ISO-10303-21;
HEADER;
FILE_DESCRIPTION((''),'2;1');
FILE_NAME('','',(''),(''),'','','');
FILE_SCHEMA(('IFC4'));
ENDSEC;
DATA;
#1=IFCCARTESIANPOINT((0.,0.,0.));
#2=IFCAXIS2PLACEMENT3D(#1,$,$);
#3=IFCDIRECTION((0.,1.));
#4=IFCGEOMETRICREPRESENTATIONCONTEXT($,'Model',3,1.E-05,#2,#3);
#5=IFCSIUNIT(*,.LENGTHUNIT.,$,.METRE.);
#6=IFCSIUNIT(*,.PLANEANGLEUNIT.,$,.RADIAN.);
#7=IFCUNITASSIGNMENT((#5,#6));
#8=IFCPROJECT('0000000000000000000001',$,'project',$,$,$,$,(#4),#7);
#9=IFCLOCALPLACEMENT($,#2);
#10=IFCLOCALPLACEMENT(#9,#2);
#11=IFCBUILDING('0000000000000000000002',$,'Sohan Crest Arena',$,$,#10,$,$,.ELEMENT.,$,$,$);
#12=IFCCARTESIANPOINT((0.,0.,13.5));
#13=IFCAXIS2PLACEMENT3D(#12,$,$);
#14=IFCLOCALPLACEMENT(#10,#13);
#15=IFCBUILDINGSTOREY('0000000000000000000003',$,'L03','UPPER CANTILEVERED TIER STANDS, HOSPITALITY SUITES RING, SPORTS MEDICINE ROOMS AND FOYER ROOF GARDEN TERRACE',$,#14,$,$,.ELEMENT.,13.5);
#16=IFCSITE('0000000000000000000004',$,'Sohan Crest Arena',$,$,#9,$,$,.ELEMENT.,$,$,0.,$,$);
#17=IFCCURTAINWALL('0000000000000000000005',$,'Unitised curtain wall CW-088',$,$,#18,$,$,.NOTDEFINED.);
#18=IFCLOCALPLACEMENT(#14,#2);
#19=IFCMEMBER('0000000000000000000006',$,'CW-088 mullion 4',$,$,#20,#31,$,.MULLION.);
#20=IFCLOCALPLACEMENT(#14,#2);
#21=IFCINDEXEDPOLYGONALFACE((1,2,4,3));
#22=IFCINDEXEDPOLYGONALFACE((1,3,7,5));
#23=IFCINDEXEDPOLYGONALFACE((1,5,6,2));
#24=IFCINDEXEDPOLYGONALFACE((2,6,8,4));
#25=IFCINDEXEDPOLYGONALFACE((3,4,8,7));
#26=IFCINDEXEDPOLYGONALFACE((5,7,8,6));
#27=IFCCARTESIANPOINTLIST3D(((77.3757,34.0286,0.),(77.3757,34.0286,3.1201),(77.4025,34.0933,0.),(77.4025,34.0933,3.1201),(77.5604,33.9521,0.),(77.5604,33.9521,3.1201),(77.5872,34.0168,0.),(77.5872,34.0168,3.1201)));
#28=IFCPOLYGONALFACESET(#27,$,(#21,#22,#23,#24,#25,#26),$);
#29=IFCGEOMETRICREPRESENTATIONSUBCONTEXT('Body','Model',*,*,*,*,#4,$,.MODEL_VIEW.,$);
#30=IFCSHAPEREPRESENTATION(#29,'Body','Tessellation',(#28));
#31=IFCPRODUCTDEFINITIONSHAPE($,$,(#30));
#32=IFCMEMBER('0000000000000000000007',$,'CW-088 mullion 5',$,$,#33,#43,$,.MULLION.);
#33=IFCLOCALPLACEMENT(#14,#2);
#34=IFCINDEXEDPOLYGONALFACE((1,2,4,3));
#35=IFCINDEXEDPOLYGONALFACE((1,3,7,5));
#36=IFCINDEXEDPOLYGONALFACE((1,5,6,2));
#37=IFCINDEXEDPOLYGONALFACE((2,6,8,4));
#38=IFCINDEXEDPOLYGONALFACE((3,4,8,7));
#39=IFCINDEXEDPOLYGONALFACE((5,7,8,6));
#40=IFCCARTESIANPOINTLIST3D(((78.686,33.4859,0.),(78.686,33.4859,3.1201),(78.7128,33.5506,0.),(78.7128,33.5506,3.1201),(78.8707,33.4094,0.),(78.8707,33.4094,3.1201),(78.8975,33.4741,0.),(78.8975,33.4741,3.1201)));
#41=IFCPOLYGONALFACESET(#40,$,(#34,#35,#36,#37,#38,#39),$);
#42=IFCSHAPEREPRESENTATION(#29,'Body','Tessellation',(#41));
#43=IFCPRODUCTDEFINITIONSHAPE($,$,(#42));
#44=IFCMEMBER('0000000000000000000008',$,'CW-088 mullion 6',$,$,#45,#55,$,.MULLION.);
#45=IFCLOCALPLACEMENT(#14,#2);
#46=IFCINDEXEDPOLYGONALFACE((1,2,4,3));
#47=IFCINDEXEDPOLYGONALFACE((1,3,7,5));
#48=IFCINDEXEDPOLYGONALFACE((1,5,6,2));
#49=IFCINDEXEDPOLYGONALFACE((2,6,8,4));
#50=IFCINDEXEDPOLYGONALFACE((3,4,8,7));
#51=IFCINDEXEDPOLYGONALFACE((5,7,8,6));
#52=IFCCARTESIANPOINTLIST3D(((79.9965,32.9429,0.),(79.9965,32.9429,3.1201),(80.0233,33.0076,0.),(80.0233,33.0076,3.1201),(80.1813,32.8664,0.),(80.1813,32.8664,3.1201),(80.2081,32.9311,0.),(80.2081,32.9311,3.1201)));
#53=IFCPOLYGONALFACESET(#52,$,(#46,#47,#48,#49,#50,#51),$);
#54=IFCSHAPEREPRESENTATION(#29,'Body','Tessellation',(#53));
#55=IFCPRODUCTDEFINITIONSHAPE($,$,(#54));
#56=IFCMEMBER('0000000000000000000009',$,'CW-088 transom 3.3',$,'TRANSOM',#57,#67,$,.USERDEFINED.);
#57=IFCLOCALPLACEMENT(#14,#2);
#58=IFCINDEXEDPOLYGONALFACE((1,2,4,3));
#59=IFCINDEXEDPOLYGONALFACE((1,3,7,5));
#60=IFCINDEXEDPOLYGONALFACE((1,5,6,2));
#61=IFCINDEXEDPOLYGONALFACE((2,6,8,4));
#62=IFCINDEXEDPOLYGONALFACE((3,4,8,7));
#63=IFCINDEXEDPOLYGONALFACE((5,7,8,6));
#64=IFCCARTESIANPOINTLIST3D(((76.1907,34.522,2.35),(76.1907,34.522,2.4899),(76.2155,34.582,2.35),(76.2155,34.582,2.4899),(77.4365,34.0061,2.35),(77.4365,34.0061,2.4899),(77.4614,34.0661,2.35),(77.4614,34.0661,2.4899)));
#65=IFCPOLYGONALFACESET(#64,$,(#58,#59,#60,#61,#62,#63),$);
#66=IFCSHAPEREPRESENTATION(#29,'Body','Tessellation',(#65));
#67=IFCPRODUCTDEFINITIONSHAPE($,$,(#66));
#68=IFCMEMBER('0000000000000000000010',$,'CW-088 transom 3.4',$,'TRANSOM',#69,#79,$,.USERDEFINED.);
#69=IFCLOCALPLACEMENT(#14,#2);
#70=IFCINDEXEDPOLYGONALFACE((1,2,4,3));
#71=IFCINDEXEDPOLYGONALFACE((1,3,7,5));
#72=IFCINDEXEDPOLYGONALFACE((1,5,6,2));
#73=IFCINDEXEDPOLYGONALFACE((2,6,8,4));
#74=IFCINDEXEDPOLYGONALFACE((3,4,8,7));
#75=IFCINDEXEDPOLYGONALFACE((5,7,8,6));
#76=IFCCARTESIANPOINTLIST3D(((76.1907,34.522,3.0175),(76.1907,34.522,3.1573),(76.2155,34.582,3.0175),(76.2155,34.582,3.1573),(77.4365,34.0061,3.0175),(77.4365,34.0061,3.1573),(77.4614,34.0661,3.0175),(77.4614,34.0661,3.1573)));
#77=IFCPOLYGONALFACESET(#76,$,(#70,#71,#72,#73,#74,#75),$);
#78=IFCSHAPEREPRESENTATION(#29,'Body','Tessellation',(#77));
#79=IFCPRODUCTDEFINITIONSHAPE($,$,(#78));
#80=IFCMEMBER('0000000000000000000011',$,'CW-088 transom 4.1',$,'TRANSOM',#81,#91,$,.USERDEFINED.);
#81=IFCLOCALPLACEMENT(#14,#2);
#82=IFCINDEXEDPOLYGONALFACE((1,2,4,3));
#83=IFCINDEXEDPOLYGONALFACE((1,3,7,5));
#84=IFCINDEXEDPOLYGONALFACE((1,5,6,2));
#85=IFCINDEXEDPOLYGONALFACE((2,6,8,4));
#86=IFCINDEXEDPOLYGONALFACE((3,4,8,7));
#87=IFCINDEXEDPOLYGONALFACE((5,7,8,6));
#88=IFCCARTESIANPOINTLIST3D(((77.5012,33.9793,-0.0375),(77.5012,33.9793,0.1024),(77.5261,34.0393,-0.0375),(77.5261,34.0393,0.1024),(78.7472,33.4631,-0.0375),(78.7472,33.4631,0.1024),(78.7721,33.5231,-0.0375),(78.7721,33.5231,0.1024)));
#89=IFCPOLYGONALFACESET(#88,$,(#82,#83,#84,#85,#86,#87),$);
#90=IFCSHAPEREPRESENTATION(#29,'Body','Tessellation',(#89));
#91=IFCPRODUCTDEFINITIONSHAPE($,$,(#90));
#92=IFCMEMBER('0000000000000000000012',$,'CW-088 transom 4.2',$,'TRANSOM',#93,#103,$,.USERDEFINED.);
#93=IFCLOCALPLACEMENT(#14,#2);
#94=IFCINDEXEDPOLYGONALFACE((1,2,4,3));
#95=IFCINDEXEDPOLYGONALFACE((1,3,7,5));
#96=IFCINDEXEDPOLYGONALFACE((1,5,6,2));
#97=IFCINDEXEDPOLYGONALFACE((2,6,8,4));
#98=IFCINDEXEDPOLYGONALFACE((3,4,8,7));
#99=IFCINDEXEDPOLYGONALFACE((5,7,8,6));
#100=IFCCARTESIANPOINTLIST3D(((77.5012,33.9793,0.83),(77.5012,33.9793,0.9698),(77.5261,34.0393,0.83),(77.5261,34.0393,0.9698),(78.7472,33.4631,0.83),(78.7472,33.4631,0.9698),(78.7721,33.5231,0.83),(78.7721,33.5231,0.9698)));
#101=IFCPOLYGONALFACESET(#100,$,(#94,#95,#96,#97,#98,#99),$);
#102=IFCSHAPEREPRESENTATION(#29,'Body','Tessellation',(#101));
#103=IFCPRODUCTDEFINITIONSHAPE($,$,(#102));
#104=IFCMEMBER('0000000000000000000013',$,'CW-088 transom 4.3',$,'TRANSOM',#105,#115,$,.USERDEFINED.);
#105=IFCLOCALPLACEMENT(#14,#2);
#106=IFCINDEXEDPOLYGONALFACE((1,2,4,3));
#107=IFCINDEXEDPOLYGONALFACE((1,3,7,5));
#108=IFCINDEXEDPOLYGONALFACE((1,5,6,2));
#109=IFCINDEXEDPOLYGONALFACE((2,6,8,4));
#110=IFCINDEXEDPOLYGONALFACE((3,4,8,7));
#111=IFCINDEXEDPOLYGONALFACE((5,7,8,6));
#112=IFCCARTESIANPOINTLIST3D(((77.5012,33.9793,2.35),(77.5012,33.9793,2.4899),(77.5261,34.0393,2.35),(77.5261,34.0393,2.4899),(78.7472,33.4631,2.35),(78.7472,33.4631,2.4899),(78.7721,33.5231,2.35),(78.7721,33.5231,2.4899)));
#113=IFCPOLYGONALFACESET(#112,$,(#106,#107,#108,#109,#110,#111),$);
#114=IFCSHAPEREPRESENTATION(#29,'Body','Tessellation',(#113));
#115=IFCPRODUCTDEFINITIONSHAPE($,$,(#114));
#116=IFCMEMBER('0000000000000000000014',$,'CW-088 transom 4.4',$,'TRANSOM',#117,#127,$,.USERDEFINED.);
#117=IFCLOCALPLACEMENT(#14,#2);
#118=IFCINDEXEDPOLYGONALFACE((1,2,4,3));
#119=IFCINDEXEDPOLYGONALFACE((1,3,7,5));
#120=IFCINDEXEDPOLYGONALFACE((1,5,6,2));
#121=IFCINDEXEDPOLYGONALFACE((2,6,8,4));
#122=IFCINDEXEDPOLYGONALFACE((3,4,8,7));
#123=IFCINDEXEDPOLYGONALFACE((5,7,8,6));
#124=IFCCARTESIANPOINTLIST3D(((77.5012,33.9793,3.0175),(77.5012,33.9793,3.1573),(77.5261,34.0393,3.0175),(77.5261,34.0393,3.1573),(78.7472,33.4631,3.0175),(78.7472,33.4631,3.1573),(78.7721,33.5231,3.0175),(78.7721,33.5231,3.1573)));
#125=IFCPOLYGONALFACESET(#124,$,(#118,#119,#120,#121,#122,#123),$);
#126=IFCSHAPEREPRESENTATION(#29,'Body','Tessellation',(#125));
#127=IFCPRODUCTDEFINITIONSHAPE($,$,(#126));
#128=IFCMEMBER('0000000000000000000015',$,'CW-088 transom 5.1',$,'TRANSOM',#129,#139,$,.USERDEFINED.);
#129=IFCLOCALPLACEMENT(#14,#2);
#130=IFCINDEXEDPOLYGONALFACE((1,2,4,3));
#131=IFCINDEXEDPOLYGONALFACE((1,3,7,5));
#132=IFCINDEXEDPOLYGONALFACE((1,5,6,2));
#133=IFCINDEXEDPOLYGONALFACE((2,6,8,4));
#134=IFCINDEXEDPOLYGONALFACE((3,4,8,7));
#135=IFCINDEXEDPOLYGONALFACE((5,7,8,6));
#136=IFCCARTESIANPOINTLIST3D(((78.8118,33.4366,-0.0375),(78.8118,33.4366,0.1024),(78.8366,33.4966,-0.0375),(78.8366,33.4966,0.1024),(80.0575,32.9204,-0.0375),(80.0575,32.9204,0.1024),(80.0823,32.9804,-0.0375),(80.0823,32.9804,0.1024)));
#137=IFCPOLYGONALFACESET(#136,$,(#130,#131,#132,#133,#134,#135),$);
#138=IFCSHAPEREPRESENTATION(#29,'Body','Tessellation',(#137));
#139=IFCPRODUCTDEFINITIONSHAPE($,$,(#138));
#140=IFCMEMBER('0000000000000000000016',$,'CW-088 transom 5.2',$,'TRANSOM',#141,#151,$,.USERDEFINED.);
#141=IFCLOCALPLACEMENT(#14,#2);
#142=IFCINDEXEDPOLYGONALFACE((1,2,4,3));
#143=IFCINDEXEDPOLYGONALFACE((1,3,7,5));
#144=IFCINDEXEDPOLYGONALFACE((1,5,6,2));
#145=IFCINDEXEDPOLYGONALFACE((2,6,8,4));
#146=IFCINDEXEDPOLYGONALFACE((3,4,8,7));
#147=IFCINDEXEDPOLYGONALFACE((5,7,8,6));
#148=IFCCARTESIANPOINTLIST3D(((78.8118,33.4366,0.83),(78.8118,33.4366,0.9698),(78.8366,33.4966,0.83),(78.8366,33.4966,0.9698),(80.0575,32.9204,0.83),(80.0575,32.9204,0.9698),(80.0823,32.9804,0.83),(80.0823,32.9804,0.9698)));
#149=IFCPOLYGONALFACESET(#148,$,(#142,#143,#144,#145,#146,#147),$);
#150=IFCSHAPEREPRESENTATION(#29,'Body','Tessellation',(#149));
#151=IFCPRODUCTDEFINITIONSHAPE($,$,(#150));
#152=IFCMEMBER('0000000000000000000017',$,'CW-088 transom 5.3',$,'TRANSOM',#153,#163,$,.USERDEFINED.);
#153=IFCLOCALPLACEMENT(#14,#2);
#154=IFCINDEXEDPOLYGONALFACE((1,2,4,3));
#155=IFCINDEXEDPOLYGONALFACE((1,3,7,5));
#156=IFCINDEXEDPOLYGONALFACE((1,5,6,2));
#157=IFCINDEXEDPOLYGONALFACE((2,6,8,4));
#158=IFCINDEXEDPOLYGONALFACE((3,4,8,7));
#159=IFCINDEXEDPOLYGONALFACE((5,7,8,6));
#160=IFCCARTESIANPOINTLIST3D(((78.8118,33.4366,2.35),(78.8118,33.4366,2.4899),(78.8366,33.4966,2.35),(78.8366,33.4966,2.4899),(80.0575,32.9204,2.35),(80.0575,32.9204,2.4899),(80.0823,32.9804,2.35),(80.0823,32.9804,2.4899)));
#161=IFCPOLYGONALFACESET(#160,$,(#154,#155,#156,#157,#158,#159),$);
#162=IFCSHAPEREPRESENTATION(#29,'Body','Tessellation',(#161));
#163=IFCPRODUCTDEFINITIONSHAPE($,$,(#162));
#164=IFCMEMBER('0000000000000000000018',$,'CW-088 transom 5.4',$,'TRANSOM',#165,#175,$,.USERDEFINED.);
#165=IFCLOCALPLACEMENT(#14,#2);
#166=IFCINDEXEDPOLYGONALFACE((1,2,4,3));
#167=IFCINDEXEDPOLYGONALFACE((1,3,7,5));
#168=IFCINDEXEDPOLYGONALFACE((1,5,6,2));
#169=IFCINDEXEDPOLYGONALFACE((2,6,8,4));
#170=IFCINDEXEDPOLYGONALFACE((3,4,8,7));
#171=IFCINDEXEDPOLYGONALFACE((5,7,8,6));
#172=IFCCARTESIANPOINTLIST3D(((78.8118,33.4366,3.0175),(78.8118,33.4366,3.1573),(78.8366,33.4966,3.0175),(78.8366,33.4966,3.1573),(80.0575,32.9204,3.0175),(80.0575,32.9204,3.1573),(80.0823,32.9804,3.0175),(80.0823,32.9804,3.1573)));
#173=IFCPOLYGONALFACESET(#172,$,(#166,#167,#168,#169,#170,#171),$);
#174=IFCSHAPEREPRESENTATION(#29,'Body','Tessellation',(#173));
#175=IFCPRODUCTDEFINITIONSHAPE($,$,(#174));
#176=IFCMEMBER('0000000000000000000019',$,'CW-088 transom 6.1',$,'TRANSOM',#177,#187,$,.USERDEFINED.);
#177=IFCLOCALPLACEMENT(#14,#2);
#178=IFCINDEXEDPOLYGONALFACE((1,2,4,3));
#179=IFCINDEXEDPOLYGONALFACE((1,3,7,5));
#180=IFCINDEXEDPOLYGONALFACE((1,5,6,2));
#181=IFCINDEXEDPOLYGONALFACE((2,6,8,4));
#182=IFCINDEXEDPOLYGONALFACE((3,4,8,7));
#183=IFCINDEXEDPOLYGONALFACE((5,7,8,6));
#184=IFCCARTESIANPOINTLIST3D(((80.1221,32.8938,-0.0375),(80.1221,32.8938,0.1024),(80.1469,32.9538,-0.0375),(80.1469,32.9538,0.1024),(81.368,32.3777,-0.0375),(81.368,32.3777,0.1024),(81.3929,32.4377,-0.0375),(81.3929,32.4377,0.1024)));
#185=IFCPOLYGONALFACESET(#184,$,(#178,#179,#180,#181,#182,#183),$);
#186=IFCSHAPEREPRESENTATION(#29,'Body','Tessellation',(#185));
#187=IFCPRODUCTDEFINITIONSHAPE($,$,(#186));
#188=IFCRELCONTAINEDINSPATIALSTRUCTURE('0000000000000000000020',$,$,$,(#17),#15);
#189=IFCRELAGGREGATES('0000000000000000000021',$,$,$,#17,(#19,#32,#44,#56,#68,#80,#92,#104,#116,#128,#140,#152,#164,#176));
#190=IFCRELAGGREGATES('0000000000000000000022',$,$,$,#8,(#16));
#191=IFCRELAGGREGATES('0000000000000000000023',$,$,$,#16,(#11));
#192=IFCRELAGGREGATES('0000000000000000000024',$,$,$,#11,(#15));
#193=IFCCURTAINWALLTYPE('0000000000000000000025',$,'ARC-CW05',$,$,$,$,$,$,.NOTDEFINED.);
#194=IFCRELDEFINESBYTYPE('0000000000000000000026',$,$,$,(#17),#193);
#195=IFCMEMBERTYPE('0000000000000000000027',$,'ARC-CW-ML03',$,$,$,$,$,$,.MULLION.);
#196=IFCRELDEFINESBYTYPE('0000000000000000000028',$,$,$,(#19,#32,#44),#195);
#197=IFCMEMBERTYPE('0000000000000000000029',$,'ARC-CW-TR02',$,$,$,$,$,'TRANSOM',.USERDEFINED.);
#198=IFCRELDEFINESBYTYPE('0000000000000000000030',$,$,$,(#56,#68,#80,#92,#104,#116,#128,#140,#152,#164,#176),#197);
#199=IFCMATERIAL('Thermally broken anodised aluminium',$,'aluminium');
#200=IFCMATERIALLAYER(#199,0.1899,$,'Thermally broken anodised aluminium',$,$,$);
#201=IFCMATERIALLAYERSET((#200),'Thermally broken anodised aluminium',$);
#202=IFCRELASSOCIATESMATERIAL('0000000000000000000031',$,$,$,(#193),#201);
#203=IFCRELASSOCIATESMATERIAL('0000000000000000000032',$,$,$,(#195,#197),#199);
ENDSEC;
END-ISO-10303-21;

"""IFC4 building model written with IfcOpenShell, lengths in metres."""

from ifc_helpers import new_model, si_unit, direction, frame, origin, origin_2d, place, context, subcontext, project, spatial, rectangle, extrude, material, layer, layer_set, material_profile, profile_set, type_object, element, aggregate, save


model = new_model("IFC4")

# Units and contexts
model_context = context("Model", 3, precision=1e-05, world=origin(), true_north=direction((0.0, 1.0)))
body_context = subcontext(model_context, "Body", "Model", "MODEL_VIEW")
ifc_project = project(units=[si_unit("LENGTHUNIT", "METRE"), si_unit("PLANEANGLEUNIT", "RADIAN")], contexts=[model_context])

# Site, building, storey
site_placement = place(None, origin())
site = spatial("IfcSite", under=ifc_project, at=site_placement, Name="Sohan Crest Arena", CompositionType="ELEMENT", RefElevation=0.0)
building_placement = place(site_placement, origin())
building = spatial("IfcBuilding", under=site, at=building_placement, Name="Sohan Crest Arena", CompositionType="ELEMENT")
storey_placement = place(building_placement, frame((0.0, 0.0, 13.5)))
storey = spatial("IfcBuildingStorey", under=building, at=storey_placement, Name="L03", Description="UPPER CANTILEVERED TIER STANDS, HOSPITALITY SUITES RING, SPORTS MEDICINE ROOMS AND FOYER ROOF GARDEN TERRACE", CompositionType="ELEMENT", Elevation=13.5)

# Curtain wall, members
ifc_material_1 = material(Name="Thermally broken anodised aluminium", Category="aluminium")
ifc_layer_1 = layer(ifc_material_1, 0.1899, Name="Thermally broken anodised aluminium")
ifc_layer_set_1 = layer_set([ifc_layer_1], Name="Thermally broken anodised aluminium")
curtain_wall_type = type_object("IfcCurtainWallType", Name="ARC-CW05", PredefinedType="NOTDEFINED", material=ifc_layer_set_1)
curtain_wall_placement = place(storey_placement, origin())
curtain_wall = element("IfcCurtainWall", 1, at=curtain_wall_placement, inside=storey, type_object=curtain_wall_type, Name="Unitised curtain wall CW-088", PredefinedType="NOTDEFINED")
ifc_material_profile_1 = material_profile(ifc_material_1, rectangle(XDim=0.0701, YDim=0.2, at=origin_2d()), Name="ALU-MULL 70x200")
ifc_profile_set_1 = profile_set([ifc_material_profile_1], Name="Thermally broken anodised aluminium")
member_type_1 = type_object("IfcMemberType", Name="ARC-CW-ML03", PredefinedType="MULLION", material=ifc_profile_set_1)
member_1_placement = place(storey_placement, frame((77.4814, 34.0227, 0.0), z_axis=(0.0, 0.0, 1.0), x_axis=(0.382668, 0.923886, 0.0)))
member_1 = element("IfcMember", 2, at=member_1_placement, type_object=member_type_1, Name="CW-088 mullion 4", PredefinedType="MULLION", context=body_context, shape_type="SweptSolid", body=[
    extrude(rectangle(XDim=0.0701, YDim=0.2, at=origin_2d()), origin(), (0.0, 0.0, 1.0), 3.1201),
])
member_2_placement = place(storey_placement, frame((78.7917, 33.48, 0.0), z_axis=(0.0, 0.0, 1.0), x_axis=(0.382668, 0.923886, 0.0)))
member_2 = element("IfcMember", 3, at=member_2_placement, type_object=member_type_1, Name="CW-088 mullion 5", PredefinedType="MULLION", context=body_context, shape_type="SweptSolid", body=[
    extrude(rectangle(XDim=0.0701, YDim=0.2, at=origin_2d()), origin(), (0.0, 0.0, 1.0), 3.1201),
])
member_3_placement = place(storey_placement, frame((80.1023, 32.937, 0.0), z_axis=(0.0, 0.0, 1.0), x_axis=(0.382668, 0.923886, 0.0)))
member_3 = element("IfcMember", 4, at=member_3_placement, type_object=member_type_1, Name="CW-088 mullion 6", PredefinedType="MULLION", context=body_context, shape_type="SweptSolid", body=[
    extrude(rectangle(XDim=0.0701, YDim=0.2, at=origin_2d()), origin(), (0.0, 0.0, 1.0), 3.1201),
])
ifc_material_profile_2 = material_profile(ifc_material_1, rectangle(XDim=0.0649, YDim=0.1399, at=origin_2d()), Name="ALU-TRAN 65x140")
ifc_profile_set_2 = profile_set([ifc_material_profile_2], Name="Thermally broken anodised aluminium")
member_type_2 = type_object("IfcMemberType", Name="ARC-CW-TR02", ElementType="TRANSOM", PredefinedType="USERDEFINED", material=ifc_profile_set_2)
member_4_placement = place(storey_placement, frame((76.2031, 34.552, 2.4199), z_axis=(0.923926, -0.38257, 0.0), x_axis=(0.38257, 0.923926, 0.0)))
member_4 = element("IfcMember", 5, at=member_4_placement, type_object=member_type_2, Name="CW-088 transom 3.3", ObjectType="TRANSOM", PredefinedType="USERDEFINED", context=body_context, shape_type="SweptSolid", body=[
    extrude(rectangle(XDim=0.0649, YDim=0.1399, at=origin_2d()), origin(), (0.0, 0.0, 1.0), 1.3484),
])
member_5_placement = place(storey_placement, frame((76.2031, 34.552, 3.0874), z_axis=(0.923926, -0.38257, 0.0), x_axis=(0.38257, 0.923926, 0.0)))
member_5 = element("IfcMember", 6, at=member_5_placement, type_object=member_type_2, Name="CW-088 transom 3.4", ObjectType="TRANSOM", PredefinedType="USERDEFINED", context=body_context, shape_type="SweptSolid", body=[
    extrude(rectangle(XDim=0.0649, YDim=0.1399, at=origin_2d()), origin(), (0.0, 0.0, 1.0), 1.3484),
])
member_6_placement = place(storey_placement, frame((77.5137, 34.0093, 0.0325), z_axis=(0.923862, -0.382725, 0.0), x_axis=(0.382725, 0.923862, 0.0)))
member_6 = element("IfcMember", 7, at=member_6_placement, type_object=member_type_2, Name="CW-088 transom 4.1", ObjectType="TRANSOM", PredefinedType="USERDEFINED", context=body_context, shape_type="SweptSolid", body=[
    extrude(rectangle(XDim=0.0649, YDim=0.1399, at=origin_2d()), origin(), (0.0, 0.0, 1.0), 1.3486),
])
member_7_placement = place(storey_placement, frame((77.5137, 34.0093, 0.8999), z_axis=(0.923862, -0.382725, 0.0), x_axis=(0.382725, 0.923862, 0.0)))
member_7 = element("IfcMember", 8, at=member_7_placement, type_object=member_type_2, Name="CW-088 transom 4.2", ObjectType="TRANSOM", PredefinedType="USERDEFINED", context=body_context, shape_type="SweptSolid", body=[
    extrude(rectangle(XDim=0.0649, YDim=0.1399, at=origin_2d()), origin(), (0.0, 0.0, 1.0), 1.3486),
])
member_8_placement = place(storey_placement, frame((77.5137, 34.0093, 2.4199), z_axis=(0.923862, -0.382725, 0.0), x_axis=(0.382725, 0.923862, 0.0)))
member_8 = element("IfcMember", 9, at=member_8_placement, type_object=member_type_2, Name="CW-088 transom 4.3", ObjectType="TRANSOM", PredefinedType="USERDEFINED", context=body_context, shape_type="SweptSolid", body=[
    extrude(rectangle(XDim=0.0649, YDim=0.1399, at=origin_2d()), origin(), (0.0, 0.0, 1.0), 1.3486),
])
member_9_placement = place(storey_placement, frame((77.5137, 34.0093, 3.0874), z_axis=(0.923862, -0.382725, 0.0), x_axis=(0.382725, 0.923862, 0.0)))
member_9 = element("IfcMember", 10, at=member_9_placement, type_object=member_type_2, Name="CW-088 transom 4.4", ObjectType="TRANSOM", PredefinedType="USERDEFINED", context=body_context, shape_type="SweptSolid", body=[
    extrude(rectangle(XDim=0.0649, YDim=0.1399, at=origin_2d()), origin(), (0.0, 0.0, 1.0), 1.3486),
])
member_10_placement = place(storey_placement, frame((78.8242, 33.4666, 0.0325), z_axis=(0.923836, -0.382789, 0.0), x_axis=(0.382789, 0.923836, 0.0)))
member_10 = element("IfcMember", 11, at=member_10_placement, type_object=member_type_2, Name="CW-088 transom 5.1", ObjectType="TRANSOM", PredefinedType="USERDEFINED", context=body_context, shape_type="SweptSolid", body=[
    extrude(rectangle(XDim=0.0649, YDim=0.1399, at=origin_2d()), origin(), (0.0, 0.0, 1.0), 1.3484),
])
member_11_placement = place(storey_placement, frame((78.8242, 33.4666, 0.8999), z_axis=(0.923836, -0.382789, 0.0), x_axis=(0.382789, 0.923836, 0.0)))
member_11 = element("IfcMember", 12, at=member_11_placement, type_object=member_type_2, Name="CW-088 transom 5.2", ObjectType="TRANSOM", PredefinedType="USERDEFINED", context=body_context, shape_type="SweptSolid", body=[
    extrude(rectangle(XDim=0.0649, YDim=0.1399, at=origin_2d()), origin(), (0.0, 0.0, 1.0), 1.3484),
])
member_12_placement = place(storey_placement, frame((78.8242, 33.4666, 2.4199), z_axis=(0.923836, -0.382789, 0.0), x_axis=(0.382789, 0.923836, 0.0)))
member_12 = element("IfcMember", 13, at=member_12_placement, type_object=member_type_2, Name="CW-088 transom 5.3", ObjectType="TRANSOM", PredefinedType="USERDEFINED", context=body_context, shape_type="SweptSolid", body=[
    extrude(rectangle(XDim=0.0649, YDim=0.1399, at=origin_2d()), origin(), (0.0, 0.0, 1.0), 1.3484),
])
member_13_placement = place(storey_placement, frame((78.8242, 33.4666, 3.0874), z_axis=(0.923836, -0.382789, 0.0), x_axis=(0.382789, 0.923836, 0.0)))
member_13 = element("IfcMember", 14, at=member_13_placement, type_object=member_type_2, Name="CW-088 transom 5.4", ObjectType="TRANSOM", PredefinedType="USERDEFINED", context=body_context, shape_type="SweptSolid", body=[
    extrude(rectangle(XDim=0.0649, YDim=0.1399, at=origin_2d()), origin(), (0.0, 0.0, 1.0), 1.3484),
])
member_14_placement = place(storey_placement, frame((80.1345, 32.9238, 0.0325), z_axis=(0.923862, -0.382725, 0.0), x_axis=(0.382725, 0.923862, 0.0)))
member_14 = element("IfcMember", 15, at=member_14_placement, type_object=member_type_2, Name="CW-088 transom 6.1", ObjectType="TRANSOM", PredefinedType="USERDEFINED", context=body_context, shape_type="SweptSolid", body=[
    extrude(rectangle(XDim=0.0649, YDim=0.1399, at=origin_2d()), origin(), (0.0, 0.0, 1.0), 1.3486),
])
aggregate(curtain_wall, [member_1, member_2, member_3, member_4, member_5, member_6, member_7, member_8, member_9, member_10, member_11, member_12, member_13, member_14])

save(model, "model.ifc")
